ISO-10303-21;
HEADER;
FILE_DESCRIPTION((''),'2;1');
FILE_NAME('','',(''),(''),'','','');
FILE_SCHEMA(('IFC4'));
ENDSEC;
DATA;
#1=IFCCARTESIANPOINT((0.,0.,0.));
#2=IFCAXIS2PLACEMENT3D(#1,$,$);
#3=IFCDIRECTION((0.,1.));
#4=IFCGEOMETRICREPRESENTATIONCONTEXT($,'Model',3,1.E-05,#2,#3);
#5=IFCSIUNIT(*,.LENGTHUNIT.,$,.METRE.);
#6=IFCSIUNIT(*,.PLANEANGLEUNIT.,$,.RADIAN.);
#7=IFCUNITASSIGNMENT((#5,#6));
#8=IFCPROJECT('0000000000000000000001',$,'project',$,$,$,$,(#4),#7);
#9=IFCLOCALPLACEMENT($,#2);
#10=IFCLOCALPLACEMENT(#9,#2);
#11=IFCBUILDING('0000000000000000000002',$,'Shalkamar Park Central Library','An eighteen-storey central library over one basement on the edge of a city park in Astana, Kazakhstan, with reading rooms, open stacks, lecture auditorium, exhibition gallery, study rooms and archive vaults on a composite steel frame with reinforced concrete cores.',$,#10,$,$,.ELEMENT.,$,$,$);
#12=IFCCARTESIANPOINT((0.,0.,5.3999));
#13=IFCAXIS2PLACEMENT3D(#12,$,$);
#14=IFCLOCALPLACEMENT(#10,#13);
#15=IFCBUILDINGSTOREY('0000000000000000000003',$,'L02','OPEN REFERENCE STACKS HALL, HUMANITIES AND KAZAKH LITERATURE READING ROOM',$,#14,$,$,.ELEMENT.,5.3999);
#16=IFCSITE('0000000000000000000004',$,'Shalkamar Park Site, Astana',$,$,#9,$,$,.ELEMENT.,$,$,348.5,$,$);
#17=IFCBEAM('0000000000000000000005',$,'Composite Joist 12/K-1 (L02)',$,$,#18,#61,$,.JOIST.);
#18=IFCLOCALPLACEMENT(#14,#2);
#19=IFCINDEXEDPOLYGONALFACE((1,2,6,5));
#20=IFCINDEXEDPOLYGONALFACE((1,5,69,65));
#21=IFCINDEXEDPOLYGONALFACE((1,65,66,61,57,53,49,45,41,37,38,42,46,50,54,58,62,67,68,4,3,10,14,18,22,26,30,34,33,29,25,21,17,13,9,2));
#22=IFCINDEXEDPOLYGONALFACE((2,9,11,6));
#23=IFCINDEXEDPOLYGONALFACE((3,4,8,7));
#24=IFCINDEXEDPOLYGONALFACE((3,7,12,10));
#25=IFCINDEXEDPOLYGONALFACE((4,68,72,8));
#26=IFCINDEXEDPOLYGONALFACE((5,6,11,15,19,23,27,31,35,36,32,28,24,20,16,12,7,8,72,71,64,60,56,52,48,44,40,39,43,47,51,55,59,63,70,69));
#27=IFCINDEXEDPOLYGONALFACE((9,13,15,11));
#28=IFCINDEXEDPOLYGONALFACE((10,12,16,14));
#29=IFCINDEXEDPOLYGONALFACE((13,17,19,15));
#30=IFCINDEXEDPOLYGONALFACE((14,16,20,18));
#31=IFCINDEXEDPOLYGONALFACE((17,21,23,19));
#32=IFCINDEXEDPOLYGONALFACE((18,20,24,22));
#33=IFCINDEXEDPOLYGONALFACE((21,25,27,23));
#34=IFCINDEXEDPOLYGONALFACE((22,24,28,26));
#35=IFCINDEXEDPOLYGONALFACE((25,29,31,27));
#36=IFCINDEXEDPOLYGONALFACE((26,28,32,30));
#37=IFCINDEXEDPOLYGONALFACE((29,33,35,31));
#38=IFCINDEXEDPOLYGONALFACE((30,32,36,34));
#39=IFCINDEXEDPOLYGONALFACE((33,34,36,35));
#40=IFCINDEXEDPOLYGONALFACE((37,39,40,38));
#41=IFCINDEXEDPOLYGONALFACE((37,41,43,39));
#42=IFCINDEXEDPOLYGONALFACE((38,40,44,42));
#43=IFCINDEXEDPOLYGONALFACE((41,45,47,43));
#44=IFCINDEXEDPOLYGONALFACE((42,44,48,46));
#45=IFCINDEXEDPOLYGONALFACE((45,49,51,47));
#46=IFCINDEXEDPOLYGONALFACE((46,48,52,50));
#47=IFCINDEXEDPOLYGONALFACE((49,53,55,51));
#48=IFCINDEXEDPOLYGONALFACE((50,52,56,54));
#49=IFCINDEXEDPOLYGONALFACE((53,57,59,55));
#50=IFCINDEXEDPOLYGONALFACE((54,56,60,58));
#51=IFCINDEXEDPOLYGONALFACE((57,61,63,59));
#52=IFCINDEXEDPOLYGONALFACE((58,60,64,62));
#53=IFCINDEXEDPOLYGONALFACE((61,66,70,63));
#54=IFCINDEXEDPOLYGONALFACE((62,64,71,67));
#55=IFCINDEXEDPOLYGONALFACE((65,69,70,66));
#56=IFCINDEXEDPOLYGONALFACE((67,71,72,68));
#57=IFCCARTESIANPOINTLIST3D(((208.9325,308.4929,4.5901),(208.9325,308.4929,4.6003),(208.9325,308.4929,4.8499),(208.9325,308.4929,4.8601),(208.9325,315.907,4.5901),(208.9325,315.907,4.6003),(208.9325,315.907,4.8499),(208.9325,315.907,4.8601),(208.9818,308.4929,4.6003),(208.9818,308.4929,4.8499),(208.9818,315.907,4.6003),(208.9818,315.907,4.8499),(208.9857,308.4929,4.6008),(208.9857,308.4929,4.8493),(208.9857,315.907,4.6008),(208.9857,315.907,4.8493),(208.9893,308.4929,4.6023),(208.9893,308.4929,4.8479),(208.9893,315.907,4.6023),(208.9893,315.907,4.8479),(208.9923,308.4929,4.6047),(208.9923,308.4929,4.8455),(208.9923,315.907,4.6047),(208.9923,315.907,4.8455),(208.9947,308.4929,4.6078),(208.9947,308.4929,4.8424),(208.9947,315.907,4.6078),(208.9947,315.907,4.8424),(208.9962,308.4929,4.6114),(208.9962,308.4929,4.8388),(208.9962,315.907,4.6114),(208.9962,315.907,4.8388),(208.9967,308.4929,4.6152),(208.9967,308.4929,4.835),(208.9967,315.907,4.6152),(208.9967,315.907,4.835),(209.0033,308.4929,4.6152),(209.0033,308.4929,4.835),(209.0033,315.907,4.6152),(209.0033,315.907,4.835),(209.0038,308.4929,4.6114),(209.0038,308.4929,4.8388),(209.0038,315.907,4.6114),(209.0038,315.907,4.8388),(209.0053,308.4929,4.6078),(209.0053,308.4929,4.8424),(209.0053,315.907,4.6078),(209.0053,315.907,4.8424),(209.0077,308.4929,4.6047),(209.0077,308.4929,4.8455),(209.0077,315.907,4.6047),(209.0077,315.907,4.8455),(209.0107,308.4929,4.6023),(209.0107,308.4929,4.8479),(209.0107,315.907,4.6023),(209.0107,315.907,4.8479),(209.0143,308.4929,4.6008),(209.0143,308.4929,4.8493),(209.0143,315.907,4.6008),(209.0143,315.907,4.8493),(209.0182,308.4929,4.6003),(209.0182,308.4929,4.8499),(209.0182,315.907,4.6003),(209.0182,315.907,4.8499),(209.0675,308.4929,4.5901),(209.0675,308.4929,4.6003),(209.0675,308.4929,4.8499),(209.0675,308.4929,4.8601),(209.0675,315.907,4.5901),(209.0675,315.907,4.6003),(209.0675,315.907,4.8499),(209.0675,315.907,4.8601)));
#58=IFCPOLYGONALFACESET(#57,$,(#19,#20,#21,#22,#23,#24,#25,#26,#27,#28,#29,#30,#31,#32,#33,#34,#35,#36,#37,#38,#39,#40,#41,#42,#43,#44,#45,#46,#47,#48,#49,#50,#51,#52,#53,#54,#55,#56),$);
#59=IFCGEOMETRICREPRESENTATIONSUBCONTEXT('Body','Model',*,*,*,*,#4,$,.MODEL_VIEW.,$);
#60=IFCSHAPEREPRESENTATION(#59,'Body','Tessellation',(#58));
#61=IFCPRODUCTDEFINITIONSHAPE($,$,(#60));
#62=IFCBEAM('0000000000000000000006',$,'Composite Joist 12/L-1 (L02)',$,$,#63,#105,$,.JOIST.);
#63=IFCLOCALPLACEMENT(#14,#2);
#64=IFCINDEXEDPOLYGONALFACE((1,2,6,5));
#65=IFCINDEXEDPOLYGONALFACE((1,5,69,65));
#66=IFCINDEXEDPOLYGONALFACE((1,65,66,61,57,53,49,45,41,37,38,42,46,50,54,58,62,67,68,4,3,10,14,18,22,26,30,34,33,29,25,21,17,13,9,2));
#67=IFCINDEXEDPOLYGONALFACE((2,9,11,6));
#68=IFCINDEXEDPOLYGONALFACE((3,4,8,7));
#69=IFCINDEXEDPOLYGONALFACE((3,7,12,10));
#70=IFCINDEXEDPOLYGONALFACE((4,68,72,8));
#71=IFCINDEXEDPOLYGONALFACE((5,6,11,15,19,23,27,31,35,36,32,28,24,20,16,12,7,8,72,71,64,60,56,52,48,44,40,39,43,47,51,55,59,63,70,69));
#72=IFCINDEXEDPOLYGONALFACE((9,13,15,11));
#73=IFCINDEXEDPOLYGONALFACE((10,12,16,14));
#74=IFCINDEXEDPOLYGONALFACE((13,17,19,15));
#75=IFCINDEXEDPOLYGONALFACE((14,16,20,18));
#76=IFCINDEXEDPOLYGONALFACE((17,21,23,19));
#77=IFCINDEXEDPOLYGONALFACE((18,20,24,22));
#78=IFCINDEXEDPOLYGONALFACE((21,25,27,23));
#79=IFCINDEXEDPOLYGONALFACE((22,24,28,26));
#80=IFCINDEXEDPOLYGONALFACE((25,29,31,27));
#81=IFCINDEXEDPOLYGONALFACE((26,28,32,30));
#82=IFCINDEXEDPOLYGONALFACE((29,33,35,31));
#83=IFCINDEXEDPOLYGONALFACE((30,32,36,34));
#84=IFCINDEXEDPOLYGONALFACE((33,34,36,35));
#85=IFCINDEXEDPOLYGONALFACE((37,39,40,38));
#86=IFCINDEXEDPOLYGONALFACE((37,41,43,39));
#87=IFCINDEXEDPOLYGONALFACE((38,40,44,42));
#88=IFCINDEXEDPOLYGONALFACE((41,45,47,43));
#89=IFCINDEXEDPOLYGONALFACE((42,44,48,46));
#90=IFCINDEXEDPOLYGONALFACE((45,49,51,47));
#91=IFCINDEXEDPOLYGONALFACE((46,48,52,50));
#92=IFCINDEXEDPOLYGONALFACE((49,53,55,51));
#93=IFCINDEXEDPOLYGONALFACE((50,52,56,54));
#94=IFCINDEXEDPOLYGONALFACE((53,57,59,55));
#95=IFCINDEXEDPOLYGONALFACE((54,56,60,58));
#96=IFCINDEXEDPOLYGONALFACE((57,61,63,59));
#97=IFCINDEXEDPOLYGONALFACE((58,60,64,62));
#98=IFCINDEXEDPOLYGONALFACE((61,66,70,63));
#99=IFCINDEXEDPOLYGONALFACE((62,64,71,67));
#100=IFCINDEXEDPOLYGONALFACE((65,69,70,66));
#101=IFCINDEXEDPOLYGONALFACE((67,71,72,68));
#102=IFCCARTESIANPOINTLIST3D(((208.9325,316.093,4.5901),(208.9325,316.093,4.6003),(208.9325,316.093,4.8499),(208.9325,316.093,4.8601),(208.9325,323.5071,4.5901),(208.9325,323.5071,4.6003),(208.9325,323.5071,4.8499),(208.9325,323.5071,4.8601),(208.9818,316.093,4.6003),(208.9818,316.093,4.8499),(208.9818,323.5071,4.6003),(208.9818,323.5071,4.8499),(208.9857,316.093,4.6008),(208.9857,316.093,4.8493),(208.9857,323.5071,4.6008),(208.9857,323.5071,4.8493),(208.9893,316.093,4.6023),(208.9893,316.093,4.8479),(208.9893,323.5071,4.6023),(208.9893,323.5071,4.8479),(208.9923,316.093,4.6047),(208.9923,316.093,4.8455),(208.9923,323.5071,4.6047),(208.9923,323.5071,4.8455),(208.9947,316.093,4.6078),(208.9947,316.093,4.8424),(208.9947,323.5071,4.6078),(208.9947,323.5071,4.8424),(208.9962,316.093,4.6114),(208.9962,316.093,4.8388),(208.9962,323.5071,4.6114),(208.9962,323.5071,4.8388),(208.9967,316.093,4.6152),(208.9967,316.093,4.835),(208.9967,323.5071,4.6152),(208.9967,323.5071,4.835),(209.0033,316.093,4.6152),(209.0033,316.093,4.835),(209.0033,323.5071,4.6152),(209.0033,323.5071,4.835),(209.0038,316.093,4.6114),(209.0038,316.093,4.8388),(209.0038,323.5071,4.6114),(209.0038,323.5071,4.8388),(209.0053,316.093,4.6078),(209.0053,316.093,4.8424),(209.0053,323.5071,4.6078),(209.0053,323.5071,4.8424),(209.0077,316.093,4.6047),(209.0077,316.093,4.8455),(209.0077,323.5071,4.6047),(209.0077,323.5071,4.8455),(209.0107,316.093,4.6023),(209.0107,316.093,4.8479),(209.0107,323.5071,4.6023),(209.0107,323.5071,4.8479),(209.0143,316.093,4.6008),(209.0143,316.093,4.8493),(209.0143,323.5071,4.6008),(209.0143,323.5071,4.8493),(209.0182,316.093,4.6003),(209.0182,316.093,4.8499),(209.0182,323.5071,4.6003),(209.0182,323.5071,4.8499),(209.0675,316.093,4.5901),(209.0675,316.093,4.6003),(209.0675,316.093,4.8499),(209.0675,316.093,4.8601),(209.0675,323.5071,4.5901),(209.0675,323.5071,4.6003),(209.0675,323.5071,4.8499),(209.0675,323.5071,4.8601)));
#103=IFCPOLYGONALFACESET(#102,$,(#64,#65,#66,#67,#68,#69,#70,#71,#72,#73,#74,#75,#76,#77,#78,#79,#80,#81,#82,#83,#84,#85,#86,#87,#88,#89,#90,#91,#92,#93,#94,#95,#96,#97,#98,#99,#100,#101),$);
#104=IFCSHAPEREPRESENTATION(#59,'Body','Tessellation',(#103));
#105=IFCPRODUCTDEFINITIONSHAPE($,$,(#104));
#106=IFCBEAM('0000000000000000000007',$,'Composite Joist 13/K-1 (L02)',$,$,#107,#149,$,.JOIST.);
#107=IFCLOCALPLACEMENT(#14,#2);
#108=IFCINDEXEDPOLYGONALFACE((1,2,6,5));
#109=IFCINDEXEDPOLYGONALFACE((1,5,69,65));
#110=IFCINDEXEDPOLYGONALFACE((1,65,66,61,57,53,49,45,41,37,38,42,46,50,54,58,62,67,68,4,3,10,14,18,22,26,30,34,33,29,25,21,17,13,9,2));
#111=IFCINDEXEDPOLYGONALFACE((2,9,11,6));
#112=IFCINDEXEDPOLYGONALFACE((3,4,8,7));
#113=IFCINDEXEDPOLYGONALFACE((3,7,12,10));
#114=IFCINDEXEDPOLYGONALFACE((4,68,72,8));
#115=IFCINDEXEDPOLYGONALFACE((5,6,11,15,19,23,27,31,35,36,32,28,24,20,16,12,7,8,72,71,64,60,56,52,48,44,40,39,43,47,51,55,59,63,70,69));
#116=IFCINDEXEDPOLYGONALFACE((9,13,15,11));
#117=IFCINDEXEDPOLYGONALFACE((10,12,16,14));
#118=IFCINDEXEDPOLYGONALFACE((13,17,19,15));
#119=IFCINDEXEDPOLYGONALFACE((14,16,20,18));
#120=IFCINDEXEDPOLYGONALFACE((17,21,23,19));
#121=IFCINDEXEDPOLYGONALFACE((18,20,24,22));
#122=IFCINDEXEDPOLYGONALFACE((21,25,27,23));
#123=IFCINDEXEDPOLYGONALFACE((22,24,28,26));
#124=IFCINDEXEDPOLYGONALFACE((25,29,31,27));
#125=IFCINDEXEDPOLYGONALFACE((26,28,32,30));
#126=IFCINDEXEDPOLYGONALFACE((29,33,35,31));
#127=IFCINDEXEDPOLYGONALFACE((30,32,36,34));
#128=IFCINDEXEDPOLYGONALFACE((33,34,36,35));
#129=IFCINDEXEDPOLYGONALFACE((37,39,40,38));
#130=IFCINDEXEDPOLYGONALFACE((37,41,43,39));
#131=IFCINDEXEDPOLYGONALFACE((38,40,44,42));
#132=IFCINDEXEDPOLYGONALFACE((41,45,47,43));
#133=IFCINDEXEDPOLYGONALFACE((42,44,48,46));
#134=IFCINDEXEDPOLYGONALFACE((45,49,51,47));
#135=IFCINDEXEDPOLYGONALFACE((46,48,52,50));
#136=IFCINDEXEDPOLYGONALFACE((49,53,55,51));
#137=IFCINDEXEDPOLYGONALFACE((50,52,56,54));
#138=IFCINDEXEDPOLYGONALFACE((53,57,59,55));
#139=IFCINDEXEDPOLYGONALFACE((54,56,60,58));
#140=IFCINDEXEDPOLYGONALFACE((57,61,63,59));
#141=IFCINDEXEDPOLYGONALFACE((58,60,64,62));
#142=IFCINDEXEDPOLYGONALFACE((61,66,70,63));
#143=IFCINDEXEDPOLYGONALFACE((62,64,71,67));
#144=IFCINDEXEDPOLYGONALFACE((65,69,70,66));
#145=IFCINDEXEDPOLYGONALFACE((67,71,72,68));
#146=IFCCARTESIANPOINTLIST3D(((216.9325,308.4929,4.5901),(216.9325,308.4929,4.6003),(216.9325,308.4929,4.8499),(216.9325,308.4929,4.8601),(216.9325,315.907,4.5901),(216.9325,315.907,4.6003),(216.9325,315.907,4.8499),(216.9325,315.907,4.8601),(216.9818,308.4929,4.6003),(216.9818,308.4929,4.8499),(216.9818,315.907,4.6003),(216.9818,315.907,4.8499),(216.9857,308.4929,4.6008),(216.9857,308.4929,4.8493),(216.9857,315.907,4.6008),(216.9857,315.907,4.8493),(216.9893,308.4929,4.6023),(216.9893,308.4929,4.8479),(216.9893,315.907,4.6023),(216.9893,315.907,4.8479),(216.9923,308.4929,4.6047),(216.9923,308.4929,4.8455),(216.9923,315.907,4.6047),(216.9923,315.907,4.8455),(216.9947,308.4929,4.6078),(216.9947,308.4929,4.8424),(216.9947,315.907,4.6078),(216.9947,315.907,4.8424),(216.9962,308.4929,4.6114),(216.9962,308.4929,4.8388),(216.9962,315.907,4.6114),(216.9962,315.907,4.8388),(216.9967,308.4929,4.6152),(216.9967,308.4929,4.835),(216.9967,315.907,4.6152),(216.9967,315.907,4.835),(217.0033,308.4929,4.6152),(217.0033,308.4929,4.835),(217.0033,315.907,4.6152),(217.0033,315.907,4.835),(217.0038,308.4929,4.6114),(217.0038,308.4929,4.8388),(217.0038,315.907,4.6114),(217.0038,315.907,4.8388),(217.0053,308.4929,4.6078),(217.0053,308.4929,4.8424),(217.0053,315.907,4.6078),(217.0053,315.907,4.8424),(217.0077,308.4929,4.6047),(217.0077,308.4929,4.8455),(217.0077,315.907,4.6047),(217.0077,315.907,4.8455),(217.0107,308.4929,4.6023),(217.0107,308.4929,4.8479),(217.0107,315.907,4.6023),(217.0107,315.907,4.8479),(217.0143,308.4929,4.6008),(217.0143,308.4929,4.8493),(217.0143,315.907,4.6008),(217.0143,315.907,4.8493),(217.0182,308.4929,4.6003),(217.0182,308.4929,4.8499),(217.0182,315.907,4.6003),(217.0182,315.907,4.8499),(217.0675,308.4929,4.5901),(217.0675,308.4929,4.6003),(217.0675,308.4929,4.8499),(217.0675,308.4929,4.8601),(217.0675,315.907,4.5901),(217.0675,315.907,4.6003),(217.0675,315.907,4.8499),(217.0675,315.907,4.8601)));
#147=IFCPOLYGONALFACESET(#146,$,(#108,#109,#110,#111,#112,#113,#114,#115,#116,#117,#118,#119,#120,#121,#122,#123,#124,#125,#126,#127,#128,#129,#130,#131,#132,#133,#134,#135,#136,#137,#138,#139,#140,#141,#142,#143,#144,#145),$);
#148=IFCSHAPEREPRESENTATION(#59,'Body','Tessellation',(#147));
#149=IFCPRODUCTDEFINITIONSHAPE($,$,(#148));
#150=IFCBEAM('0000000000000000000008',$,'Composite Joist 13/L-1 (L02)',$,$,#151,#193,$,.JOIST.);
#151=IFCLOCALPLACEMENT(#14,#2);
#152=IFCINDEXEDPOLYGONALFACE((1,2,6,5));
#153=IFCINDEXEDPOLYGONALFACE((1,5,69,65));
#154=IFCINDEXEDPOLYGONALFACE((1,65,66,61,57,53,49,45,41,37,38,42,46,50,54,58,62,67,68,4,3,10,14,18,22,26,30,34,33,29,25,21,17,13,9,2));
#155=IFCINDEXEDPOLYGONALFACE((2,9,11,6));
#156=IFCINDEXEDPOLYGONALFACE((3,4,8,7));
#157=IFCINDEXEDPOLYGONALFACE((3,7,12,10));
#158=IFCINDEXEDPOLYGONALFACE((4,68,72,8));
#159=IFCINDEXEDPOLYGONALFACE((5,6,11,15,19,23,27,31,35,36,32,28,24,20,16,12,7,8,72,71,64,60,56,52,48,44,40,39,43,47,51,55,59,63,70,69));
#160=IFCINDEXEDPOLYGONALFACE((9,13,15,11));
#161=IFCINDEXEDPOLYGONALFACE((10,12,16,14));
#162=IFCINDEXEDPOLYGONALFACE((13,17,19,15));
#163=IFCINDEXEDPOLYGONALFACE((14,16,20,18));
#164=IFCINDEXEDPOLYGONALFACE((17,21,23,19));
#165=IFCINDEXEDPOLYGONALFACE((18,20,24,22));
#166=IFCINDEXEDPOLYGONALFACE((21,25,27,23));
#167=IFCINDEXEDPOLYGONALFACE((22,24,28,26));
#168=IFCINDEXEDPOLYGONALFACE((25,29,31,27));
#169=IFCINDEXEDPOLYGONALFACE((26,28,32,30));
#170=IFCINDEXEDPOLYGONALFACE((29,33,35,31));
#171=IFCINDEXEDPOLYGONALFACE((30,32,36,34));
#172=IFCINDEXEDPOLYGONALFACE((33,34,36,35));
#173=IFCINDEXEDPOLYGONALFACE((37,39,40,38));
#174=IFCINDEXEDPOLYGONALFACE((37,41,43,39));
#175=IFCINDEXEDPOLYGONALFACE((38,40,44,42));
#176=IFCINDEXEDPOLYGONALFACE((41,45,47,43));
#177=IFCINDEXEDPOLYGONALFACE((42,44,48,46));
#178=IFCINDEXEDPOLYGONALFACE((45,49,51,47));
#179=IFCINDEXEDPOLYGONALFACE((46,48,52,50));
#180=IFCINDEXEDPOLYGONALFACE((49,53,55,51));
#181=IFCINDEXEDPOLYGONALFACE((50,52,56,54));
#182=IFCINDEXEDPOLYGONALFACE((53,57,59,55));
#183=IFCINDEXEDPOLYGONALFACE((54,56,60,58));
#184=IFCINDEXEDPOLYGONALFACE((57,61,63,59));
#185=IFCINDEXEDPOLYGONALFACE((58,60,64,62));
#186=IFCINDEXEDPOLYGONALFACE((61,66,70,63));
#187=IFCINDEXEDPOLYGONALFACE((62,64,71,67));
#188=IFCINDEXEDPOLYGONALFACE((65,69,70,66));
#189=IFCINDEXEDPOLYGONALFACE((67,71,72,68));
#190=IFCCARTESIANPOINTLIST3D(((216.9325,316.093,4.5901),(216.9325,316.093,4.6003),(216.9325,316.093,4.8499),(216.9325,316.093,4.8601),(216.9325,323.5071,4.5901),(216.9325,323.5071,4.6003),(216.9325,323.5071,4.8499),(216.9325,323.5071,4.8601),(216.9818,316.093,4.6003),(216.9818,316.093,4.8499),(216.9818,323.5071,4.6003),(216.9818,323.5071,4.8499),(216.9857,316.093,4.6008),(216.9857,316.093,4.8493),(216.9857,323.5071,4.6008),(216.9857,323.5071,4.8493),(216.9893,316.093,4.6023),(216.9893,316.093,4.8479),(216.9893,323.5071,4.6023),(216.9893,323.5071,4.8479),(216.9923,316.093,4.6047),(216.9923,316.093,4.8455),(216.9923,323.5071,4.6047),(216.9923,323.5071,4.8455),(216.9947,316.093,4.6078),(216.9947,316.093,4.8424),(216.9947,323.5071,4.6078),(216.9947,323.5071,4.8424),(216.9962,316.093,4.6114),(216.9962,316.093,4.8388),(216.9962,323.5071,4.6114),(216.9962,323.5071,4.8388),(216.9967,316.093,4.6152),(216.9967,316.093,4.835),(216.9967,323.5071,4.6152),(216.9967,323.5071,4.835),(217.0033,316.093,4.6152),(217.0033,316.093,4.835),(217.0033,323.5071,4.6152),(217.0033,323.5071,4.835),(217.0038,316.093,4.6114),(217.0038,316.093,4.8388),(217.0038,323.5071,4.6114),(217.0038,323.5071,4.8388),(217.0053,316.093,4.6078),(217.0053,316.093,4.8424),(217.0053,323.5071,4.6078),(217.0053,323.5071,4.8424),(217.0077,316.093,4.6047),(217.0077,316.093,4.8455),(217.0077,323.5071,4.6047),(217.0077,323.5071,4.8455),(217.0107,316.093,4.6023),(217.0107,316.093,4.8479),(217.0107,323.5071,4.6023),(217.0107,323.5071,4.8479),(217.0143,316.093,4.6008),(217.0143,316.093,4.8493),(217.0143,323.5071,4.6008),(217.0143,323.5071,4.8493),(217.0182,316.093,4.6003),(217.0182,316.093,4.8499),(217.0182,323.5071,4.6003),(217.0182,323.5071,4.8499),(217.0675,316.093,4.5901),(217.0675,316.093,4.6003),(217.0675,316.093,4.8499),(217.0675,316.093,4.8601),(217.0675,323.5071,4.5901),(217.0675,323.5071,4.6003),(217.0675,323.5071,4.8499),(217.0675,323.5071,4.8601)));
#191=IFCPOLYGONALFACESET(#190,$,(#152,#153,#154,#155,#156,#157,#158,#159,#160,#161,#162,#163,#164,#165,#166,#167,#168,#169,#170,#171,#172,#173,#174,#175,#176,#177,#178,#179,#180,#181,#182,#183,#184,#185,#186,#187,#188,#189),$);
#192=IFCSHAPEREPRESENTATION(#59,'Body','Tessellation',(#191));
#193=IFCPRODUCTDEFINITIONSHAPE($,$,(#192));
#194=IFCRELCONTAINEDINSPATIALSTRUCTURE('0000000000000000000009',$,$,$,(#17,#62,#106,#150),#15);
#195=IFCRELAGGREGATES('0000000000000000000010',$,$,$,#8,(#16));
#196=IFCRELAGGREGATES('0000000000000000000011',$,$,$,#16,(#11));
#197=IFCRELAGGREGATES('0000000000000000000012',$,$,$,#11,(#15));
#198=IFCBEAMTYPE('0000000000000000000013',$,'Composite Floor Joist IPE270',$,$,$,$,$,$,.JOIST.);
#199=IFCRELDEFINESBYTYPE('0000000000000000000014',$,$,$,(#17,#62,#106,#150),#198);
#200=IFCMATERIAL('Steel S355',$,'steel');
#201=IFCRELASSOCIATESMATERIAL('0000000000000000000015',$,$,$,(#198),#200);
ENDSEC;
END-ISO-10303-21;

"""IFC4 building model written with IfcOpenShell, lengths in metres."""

from ifc_helpers import new_model, si_unit, direction, frame, origin, origin_2d, place, context, subcontext, project, spatial, i_section, extrude, material, material_profile, profile_set, type_object, element, save


model = new_model("IFC4")

# Units and contexts
model_context = context("Model", 3, precision=1e-05, world=origin(), true_north=direction((0.0, 1.0)))
body_context = subcontext(model_context, "Body", "Model", "MODEL_VIEW")
ifc_project = project(units=[si_unit("LENGTHUNIT", "METRE"), si_unit("PLANEANGLEUNIT", "RADIAN")], contexts=[model_context])

# Site, building, storey
site_placement = place(None, origin())
site = spatial("IfcSite", under=ifc_project, at=site_placement, Name="Shalkamar Park Site, Astana", CompositionType="ELEMENT", RefElevation=348.5)
building_placement = place(site_placement, origin())
building = spatial("IfcBuilding", under=site, at=building_placement, Name="Shalkamar Park Central Library", Description="An eighteen-storey central library over one basement on the edge of a city park in Astana, Kazakhstan, with reading rooms, open stacks, lecture auditorium, exhibition gallery, study rooms and archive vaults on a composite steel frame with reinforced concrete cores.", CompositionType="ELEMENT")
storey_placement = place(building_placement, frame((0.0, 0.0, 5.3999)))
storey = spatial("IfcBuildingStorey", under=building, at=storey_placement, Name="L02", Description="OPEN REFERENCE STACKS HALL, HUMANITIES AND KAZAKH LITERATURE READING ROOM", CompositionType="ELEMENT", Elevation=5.3999)

# Shared definitions
ifc_material = material(Name="Steel S355", Category="steel")

# Beams
ifc_material_profile_1 = material_profile(ifc_material, i_section(OverallWidth=0.135, OverallDepth=0.27, WebThickness=0.0066, FlangeThickness=0.0103, FilletRadius=0.0149, at=origin_2d()), Name="IPE 270")
ifc_profile_set_1 = profile_set([ifc_material_profile_1], Name="Steel S355")
beam_type_1 = type_object("IfcBeamType", Name="Composite Floor Joist IPE270", PredefinedType="JOIST", material=ifc_profile_set_1)
for number, where, z_axis, x_axis, name in (
    (1, (209.0, 308.4929, 4.7251), (0.0, 1.0, 0.0), (-1.0, 0.0, 0.0), "Composite Joist 12/K-1 (L02)"),
    (2, (209.0, 316.093, 4.7251), (0.0, 1.0, 0.0), (-1.0, 0.0, 0.0), "Composite Joist 12/L-1 (L02)"),
    (3, (217.0, 308.4929, 4.7251), (0.0, 1.0, 0.0), (-1.0, 0.0, 0.0), "Composite Joist 13/K-1 (L02)"),
    (4, (217.0, 316.093, 4.7251), (0.0, 1.0, 0.0), (-1.0, 0.0, 0.0), "Composite Joist 13/L-1 (L02)"),
):
    element("IfcBeam", number, at=place(storey_placement, frame(where, z_axis=z_axis, x_axis=x_axis)), inside=storey, type_object=beam_type_1, Name=name, PredefinedType="JOIST", context=body_context, shape_type="SweptSolid", body=[
        extrude(i_section(OverallWidth=0.135, OverallDepth=0.27, WebThickness=0.0066, FlangeThickness=0.0103, FilletRadius=0.0149, at=origin_2d()), origin(), (0.0, 0.0, 1.0), 7.4141),
    ])

save(model, "model.ifc")
